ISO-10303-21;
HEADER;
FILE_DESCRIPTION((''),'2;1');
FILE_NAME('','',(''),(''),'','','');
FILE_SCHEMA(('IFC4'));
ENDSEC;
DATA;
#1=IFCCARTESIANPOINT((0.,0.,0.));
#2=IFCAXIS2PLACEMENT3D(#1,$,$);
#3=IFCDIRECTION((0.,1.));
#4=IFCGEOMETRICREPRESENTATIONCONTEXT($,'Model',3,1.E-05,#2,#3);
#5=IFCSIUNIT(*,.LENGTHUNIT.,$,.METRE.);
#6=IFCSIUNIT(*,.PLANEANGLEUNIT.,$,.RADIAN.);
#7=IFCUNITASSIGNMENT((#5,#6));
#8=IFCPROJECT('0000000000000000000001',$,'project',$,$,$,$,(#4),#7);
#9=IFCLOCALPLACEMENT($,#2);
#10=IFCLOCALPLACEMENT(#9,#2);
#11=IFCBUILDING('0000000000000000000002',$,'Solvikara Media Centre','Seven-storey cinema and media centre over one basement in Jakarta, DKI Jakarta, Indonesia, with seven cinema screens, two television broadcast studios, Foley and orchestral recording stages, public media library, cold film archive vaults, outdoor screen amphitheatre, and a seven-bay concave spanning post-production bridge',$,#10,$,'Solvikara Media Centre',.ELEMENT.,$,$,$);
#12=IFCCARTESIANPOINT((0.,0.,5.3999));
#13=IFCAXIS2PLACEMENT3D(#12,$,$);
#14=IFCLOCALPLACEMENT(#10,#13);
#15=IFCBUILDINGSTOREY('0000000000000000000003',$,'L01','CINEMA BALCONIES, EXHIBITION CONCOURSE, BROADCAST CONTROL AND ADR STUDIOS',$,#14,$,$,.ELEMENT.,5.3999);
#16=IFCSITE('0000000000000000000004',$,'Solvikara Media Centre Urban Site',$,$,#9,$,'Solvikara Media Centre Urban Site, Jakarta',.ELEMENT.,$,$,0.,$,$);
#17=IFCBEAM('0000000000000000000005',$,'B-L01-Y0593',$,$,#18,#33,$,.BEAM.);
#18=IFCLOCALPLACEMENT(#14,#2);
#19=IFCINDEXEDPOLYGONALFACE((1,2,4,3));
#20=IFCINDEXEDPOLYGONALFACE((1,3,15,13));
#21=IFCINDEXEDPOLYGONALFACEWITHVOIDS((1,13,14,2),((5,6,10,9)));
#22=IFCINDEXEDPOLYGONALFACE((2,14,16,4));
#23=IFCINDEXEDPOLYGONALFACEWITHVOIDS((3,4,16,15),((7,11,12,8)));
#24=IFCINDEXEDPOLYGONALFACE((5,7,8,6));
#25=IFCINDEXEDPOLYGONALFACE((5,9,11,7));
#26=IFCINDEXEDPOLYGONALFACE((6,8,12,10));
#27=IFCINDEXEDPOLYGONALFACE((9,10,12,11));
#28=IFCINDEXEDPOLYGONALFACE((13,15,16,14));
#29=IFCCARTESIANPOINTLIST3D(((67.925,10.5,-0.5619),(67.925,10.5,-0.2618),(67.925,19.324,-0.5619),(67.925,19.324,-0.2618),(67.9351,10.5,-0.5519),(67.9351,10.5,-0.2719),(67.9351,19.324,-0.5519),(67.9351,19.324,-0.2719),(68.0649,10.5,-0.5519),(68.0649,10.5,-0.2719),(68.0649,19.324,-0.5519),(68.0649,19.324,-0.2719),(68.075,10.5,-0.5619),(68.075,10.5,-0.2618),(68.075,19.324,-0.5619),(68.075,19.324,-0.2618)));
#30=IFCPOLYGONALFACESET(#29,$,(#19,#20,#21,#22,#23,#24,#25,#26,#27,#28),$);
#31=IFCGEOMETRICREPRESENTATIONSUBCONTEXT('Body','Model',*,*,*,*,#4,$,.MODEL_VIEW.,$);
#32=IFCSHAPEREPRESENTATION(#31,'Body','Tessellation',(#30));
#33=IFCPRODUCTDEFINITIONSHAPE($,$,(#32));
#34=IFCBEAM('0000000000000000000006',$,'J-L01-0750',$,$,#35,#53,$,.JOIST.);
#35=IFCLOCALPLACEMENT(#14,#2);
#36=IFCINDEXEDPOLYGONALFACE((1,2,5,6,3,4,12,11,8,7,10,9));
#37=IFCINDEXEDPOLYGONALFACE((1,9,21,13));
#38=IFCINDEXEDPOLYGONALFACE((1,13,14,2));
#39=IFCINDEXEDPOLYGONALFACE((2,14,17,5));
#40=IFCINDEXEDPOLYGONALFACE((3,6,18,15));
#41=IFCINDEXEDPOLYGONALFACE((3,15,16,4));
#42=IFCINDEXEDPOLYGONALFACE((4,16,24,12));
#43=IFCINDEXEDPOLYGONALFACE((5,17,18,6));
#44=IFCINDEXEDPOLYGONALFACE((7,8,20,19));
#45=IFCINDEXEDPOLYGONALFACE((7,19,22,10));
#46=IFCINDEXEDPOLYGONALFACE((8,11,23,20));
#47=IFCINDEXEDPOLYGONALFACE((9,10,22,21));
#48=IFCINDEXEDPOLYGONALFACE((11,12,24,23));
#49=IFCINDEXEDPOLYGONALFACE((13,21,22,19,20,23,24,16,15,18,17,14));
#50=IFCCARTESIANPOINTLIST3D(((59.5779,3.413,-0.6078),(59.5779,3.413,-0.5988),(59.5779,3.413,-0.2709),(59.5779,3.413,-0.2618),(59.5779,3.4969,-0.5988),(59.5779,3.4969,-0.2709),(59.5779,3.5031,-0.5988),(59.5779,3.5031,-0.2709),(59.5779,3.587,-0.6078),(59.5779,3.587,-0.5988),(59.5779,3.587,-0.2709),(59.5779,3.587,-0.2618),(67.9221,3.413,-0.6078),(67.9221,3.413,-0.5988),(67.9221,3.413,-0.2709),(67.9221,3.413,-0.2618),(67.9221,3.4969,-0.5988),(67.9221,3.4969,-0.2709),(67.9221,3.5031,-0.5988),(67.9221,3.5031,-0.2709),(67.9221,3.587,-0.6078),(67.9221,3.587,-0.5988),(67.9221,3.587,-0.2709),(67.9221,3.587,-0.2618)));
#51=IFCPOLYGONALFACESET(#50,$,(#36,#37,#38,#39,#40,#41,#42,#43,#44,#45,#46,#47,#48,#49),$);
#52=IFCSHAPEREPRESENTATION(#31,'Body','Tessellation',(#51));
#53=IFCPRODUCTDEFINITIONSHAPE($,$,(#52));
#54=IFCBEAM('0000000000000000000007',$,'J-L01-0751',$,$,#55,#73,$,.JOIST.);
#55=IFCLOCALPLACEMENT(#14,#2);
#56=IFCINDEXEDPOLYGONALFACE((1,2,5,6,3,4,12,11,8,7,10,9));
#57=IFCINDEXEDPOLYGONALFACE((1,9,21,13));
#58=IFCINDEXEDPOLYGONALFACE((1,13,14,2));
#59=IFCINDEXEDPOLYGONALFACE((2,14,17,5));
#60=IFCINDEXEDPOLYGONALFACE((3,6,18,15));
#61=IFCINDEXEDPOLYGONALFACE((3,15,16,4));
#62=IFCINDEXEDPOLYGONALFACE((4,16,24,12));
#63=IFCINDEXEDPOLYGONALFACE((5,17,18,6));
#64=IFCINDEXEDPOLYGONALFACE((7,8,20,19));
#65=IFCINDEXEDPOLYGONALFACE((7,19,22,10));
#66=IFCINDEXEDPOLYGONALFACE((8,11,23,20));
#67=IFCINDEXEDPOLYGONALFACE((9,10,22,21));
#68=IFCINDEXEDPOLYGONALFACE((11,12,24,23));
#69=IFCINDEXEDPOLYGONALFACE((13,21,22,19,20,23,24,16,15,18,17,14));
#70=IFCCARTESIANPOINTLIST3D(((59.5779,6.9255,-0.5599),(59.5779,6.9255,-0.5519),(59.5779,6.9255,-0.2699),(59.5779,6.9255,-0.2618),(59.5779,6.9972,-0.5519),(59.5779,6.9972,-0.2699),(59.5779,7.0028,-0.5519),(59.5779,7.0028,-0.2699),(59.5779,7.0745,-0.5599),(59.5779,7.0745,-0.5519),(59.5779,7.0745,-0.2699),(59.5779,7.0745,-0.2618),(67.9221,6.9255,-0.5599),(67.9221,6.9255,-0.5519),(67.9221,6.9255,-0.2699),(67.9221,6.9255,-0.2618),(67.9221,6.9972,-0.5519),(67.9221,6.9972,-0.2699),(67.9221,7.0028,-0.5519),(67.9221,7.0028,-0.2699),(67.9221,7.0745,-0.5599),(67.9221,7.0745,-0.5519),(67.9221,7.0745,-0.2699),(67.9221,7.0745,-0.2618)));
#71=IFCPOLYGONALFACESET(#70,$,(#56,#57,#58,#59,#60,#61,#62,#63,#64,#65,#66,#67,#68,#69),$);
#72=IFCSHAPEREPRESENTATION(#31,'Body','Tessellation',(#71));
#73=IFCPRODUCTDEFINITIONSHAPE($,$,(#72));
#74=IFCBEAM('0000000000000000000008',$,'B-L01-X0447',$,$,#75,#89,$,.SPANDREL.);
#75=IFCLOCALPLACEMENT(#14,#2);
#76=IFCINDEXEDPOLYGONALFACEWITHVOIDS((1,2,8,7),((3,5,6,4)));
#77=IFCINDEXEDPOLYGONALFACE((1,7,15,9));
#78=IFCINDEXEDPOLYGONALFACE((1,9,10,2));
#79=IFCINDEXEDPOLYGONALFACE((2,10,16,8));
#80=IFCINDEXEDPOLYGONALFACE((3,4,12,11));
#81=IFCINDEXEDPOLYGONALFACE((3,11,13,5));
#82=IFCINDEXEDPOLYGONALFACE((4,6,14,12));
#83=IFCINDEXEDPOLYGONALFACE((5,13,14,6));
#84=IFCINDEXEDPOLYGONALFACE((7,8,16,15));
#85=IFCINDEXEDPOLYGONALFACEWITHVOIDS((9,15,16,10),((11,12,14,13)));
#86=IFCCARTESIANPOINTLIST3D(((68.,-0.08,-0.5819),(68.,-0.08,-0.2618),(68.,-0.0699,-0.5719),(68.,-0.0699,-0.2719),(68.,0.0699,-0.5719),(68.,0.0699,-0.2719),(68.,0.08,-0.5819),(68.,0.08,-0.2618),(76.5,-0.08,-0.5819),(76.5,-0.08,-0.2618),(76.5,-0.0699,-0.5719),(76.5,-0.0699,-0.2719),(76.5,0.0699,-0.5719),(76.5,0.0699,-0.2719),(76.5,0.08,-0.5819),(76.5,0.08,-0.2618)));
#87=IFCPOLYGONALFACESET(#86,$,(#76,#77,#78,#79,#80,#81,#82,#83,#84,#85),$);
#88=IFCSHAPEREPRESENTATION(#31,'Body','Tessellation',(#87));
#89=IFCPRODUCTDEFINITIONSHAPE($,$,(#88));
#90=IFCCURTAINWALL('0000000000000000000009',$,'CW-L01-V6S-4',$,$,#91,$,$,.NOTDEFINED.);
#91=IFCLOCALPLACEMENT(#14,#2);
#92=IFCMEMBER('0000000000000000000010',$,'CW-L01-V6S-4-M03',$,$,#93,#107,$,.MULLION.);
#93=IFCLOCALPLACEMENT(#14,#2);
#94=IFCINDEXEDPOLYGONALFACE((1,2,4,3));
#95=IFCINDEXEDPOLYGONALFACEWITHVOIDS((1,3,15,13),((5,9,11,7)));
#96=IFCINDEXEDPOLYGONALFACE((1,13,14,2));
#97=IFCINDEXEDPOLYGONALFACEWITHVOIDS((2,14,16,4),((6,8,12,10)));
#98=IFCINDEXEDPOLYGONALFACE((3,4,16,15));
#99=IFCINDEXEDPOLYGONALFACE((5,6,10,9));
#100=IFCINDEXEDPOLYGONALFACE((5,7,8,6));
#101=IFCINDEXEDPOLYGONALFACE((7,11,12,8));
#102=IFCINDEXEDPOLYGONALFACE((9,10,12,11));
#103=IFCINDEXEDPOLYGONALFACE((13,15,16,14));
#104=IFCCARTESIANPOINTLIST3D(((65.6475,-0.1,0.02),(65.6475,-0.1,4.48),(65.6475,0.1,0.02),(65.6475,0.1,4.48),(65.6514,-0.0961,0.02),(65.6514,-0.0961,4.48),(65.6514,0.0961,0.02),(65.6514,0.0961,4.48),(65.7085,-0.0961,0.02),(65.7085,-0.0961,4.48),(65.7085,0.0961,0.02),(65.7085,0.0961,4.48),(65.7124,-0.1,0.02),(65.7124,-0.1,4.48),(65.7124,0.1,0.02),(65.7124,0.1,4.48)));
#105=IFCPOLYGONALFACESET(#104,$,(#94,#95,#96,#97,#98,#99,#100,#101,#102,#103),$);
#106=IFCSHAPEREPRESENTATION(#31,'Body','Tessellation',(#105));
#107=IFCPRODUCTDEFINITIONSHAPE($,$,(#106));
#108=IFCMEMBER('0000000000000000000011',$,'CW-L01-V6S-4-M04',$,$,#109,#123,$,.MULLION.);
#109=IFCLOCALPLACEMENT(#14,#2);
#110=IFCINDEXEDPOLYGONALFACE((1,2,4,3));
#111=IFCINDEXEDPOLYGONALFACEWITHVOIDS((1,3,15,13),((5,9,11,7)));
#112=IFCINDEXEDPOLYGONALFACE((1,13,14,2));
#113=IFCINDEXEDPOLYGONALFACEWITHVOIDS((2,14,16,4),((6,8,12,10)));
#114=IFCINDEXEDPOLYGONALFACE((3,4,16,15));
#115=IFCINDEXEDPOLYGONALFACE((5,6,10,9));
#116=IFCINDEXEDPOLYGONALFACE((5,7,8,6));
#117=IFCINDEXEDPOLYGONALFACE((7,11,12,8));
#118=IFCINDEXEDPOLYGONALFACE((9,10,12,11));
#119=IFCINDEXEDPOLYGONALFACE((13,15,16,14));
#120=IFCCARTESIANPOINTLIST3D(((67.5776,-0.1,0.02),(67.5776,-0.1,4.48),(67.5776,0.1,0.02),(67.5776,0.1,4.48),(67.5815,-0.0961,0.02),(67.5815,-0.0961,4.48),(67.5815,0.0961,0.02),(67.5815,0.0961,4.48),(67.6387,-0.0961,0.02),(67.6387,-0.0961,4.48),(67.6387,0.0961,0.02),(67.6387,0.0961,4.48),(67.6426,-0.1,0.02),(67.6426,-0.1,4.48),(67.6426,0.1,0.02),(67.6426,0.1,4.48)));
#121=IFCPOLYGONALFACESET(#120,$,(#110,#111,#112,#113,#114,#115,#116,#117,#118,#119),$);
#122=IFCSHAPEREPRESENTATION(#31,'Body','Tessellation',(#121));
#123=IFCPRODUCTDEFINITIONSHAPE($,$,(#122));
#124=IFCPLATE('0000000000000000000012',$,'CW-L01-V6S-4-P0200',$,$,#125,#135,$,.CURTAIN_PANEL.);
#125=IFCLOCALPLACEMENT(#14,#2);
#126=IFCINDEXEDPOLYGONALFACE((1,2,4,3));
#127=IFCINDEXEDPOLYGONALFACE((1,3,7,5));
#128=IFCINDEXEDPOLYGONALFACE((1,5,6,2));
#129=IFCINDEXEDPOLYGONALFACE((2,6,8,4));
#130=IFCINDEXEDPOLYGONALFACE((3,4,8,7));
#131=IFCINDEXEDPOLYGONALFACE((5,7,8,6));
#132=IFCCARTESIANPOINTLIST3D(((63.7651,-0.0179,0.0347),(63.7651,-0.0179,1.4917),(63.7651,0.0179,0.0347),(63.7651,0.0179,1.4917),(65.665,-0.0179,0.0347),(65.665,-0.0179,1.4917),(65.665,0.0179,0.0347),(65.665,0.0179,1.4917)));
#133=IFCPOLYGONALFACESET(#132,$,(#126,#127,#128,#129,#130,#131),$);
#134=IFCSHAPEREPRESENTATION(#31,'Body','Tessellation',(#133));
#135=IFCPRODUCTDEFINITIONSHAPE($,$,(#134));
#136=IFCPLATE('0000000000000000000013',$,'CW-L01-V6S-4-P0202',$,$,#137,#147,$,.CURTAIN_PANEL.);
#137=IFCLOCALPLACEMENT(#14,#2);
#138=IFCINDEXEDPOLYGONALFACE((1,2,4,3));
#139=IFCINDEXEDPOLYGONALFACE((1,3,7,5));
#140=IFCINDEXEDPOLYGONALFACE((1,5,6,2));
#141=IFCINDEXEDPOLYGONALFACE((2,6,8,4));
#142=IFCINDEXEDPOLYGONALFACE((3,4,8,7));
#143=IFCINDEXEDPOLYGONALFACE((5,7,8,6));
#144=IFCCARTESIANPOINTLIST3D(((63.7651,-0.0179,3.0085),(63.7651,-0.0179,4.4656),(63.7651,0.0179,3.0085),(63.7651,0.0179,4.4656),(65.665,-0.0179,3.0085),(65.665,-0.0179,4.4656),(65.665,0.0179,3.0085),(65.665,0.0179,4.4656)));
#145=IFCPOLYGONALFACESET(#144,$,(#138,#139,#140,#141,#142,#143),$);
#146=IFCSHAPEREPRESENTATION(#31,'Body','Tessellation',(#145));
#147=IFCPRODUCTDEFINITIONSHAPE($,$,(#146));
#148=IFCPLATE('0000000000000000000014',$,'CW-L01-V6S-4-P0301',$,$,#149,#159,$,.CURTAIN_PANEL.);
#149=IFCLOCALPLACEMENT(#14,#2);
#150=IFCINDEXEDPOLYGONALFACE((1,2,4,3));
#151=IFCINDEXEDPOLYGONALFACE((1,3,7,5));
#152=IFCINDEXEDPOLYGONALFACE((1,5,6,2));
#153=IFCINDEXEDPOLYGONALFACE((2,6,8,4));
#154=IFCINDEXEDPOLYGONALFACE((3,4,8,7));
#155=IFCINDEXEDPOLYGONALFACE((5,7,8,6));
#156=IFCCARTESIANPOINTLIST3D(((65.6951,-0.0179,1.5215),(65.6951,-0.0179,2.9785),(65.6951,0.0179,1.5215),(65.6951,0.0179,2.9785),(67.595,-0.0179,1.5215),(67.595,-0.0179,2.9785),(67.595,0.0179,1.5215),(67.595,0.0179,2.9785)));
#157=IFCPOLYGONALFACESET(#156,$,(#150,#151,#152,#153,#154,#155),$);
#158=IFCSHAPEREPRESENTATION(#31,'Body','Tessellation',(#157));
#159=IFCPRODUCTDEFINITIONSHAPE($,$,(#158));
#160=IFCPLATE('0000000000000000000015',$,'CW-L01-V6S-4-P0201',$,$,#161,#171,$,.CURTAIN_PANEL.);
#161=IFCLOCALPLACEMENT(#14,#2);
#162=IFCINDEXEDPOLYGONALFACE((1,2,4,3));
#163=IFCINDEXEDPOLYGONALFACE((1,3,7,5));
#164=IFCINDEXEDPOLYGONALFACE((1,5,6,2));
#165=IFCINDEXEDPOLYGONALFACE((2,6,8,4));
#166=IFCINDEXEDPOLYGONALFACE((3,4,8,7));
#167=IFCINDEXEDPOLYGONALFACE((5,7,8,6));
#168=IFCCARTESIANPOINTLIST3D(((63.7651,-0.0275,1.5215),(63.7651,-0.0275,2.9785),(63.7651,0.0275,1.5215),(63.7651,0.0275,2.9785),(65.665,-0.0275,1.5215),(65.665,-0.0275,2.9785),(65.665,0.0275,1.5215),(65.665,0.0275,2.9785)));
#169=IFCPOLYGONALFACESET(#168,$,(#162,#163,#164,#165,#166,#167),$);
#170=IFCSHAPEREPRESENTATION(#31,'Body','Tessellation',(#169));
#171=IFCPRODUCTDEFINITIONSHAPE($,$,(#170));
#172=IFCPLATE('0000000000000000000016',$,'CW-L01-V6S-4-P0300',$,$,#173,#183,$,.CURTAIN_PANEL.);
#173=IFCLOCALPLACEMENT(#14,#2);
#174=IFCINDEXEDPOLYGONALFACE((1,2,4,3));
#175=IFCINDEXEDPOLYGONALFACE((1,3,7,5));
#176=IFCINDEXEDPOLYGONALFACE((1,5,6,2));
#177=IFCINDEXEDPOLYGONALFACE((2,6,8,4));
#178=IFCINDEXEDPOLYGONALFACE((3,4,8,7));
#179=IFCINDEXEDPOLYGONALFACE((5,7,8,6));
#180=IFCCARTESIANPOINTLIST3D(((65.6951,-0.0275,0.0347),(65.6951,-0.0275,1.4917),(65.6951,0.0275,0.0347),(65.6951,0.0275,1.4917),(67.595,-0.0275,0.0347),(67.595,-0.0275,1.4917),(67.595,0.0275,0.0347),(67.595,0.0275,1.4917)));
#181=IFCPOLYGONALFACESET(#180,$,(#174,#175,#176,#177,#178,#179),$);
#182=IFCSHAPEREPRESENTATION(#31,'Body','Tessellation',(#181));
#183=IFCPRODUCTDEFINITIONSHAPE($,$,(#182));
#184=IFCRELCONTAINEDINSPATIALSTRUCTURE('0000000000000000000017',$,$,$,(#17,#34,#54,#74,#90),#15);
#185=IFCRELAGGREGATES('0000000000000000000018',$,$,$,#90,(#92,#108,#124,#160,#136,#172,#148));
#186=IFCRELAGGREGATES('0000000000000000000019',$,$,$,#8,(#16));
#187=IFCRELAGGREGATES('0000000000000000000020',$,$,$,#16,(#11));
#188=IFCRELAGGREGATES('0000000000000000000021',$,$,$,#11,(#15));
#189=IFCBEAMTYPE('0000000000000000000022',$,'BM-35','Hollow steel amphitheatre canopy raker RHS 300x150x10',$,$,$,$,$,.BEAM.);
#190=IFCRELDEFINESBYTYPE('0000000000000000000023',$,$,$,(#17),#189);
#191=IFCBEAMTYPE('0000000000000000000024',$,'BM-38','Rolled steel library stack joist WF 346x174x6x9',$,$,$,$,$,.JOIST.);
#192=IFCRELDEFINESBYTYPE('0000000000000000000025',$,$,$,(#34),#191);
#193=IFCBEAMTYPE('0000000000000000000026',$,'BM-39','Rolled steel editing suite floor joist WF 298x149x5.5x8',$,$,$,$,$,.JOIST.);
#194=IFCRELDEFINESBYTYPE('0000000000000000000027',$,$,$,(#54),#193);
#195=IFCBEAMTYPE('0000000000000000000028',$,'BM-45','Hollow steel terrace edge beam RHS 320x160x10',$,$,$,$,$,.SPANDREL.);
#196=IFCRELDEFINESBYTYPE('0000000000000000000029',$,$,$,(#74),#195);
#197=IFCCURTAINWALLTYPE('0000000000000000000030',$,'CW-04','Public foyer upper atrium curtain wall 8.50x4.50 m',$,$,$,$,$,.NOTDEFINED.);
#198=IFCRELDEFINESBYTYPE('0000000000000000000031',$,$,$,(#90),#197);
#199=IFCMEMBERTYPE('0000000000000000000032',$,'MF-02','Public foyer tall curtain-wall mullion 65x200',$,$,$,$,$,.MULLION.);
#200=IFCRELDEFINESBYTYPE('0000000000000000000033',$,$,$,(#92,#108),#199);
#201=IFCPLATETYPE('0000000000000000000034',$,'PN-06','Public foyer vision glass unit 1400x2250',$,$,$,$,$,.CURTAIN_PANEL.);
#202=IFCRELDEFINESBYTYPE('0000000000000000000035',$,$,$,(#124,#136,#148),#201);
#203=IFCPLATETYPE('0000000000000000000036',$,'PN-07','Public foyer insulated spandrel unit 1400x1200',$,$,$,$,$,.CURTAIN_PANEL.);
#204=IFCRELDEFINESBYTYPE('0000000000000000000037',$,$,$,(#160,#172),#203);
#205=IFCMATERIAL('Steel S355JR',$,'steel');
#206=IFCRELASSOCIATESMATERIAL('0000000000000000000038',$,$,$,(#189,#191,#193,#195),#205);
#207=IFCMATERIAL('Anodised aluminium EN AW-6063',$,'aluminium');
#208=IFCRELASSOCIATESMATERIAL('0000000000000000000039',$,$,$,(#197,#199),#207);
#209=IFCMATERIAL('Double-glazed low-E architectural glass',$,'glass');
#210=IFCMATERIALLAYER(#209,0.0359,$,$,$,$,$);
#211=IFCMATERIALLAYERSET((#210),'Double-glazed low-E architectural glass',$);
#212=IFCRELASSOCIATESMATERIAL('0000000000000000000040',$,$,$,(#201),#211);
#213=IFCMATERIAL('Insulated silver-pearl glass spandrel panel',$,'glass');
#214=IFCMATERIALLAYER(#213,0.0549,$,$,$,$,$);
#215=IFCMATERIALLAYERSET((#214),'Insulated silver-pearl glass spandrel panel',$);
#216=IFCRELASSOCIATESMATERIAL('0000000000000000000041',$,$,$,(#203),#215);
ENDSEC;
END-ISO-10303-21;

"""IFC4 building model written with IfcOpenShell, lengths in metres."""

from ifc_helpers import new_model, si_unit, direction, frame, origin, origin_2d, place, context, subcontext, project, spatial, rectangle, hollow_rectangle, i_section, extrude, material, layer, layer_set, material_profile, profile_set, type_object, element, aggregate, save


model = new_model("IFC4")

# Units and contexts
model_context = context("Model", 3, precision=1e-05, world=origin(), true_north=direction((0.0, 1.0)))
body_context = subcontext(model_context, "Body", "Model", "MODEL_VIEW")
ifc_project = project(units=[si_unit("LENGTHUNIT", "METRE"), si_unit("PLANEANGLEUNIT", "RADIAN")], contexts=[model_context])

# Site, building, storey
site_placement = place(None, origin())
site = spatial("IfcSite", under=ifc_project, at=site_placement, Name="Solvikara Media Centre Urban Site", LongName="Solvikara Media Centre Urban Site, Jakarta", CompositionType="ELEMENT", RefElevation=0.0)
building_placement = place(site_placement, origin())
building = spatial("IfcBuilding", under=site, at=building_placement, Name="Solvikara Media Centre", Description="Seven-storey cinema and media centre over one basement in Jakarta, DKI Jakarta, Indonesia, with seven cinema screens, two television broadcast studios, Foley and orchestral recording stages, public media library, cold film archive vaults, outdoor screen amphitheatre, and a seven-bay concave spanning post-production bridge", LongName="Solvikara Media Centre", CompositionType="ELEMENT")
storey_placement = place(building_placement, frame((0.0, 0.0, 5.3999)))
storey = spatial("IfcBuildingStorey", under=building, at=storey_placement, Name="L01", Description="CINEMA BALCONIES, EXHIBITION CONCOURSE, BROADCAST CONTROL AND ADR STUDIOS", CompositionType="ELEMENT", Elevation=5.3999)

# Beams
ifc_material_1 = material(Name="Steel S355JR", Category="steel")
ifc_material_profile_1 = material_profile(ifc_material_1, hollow_rectangle(XDim=0.1499, YDim=0.3, WallThickness=0.01, at=origin_2d()), Name="RHS 300x150x10")
ifc_profile_set_1 = profile_set([ifc_material_profile_1], Name="Steel S355JR")
beam_type_1 = type_object("IfcBeamType", Name="BM-35", Description="Hollow steel amphitheatre canopy raker RHS 300x150x10", PredefinedType="BEAM", material=ifc_profile_set_1)
beam_1_placement = place(storey_placement, frame((68.0, 10.5, -0.4119), z_axis=(0.0, 1.0, 0.0), x_axis=(-1.0, 0.0, 0.0)))
element("IfcBeam", 1, at=beam_1_placement, inside=storey, type_object=beam_type_1, Name="B-L01-Y0593", PredefinedType="BEAM", context=body_context, shape_type="SweptSolid", body=[
    extrude(hollow_rectangle(XDim=0.1499, YDim=0.3, WallThickness=0.01, at=origin_2d()), origin(), (0.0, 0.0, 1.0), 8.824),
])
ifc_material_profile_2 = material_profile(ifc_material_1, i_section(OverallWidth=0.1741, OverallDepth=0.3459, WebThickness=0.0061, FlangeThickness=0.009, at=origin_2d()), Name="WF 346x174x6x9")
ifc_profile_set_2 = profile_set([ifc_material_profile_2], Name="Steel S355JR")
beam_type_2 = type_object("IfcBeamType", Name="BM-38", Description="Rolled steel library stack joist WF 346x174x6x9", PredefinedType="JOIST", material=ifc_profile_set_2)
beam_2_placement = place(storey_placement, frame((59.5779, 3.5, -0.4348), z_axis=(1.0, 0.0, 0.0), x_axis=(0.0, 1.0, 0.0)))
element("IfcBeam", 2, at=beam_2_placement, inside=storey, type_object=beam_type_2, Name="J-L01-0750", PredefinedType="JOIST", context=body_context, shape_type="SweptSolid", body=[
    extrude(i_section(OverallWidth=0.1741, OverallDepth=0.3459, WebThickness=0.0061, FlangeThickness=0.009, at=origin_2d()), origin(), (0.0, 0.0, 1.0), 8.3442),
])
ifc_material_profile_3 = material_profile(ifc_material_1, i_section(OverallWidth=0.1489, OverallDepth=0.2981, WebThickness=0.0056, FlangeThickness=0.0081, at=origin_2d()), Name="WF 298x149x5.5x8")
ifc_profile_set_3 = profile_set([ifc_material_profile_3], Name="Steel S355JR")
beam_type_3 = type_object("IfcBeamType", Name="BM-39", Description="Rolled steel editing suite floor joist WF 298x149x5.5x8", PredefinedType="JOIST", material=ifc_profile_set_3)
beam_3_placement = place(storey_placement, frame((59.5779, 7.0, -0.4109), z_axis=(1.0, 0.0, 0.0), x_axis=(0.0, 1.0, 0.0)))
element("IfcBeam", 3, at=beam_3_placement, inside=storey, type_object=beam_type_3, Name="J-L01-0751", PredefinedType="JOIST", context=body_context, shape_type="SweptSolid", body=[
    extrude(i_section(OverallWidth=0.1489, OverallDepth=0.2981, WebThickness=0.0056, FlangeThickness=0.0081, at=origin_2d()), origin(), (0.0, 0.0, 1.0), 8.3442),
])
ifc_material_profile_4 = material_profile(ifc_material_1, hollow_rectangle(XDim=0.1599, YDim=0.3201, WallThickness=0.01, at=origin_2d()), Name="RHS 320x160x10")
ifc_profile_set_4 = profile_set([ifc_material_profile_4], Name="Steel S355JR")
beam_type_4 = type_object("IfcBeamType", Name="BM-45", Description="Hollow steel terrace edge beam RHS 320x160x10", PredefinedType="SPANDREL", material=ifc_profile_set_4)
beam_4_placement = place(storey_placement, frame((68.0, 0.0, -0.4219), z_axis=(1.0, 0.0, 0.0), x_axis=(0.0, 1.0, 0.0)))
element("IfcBeam", 4, at=beam_4_placement, inside=storey, type_object=beam_type_4, Name="B-L01-X0447", PredefinedType="SPANDREL", context=body_context, shape_type="SweptSolid", body=[
    extrude(hollow_rectangle(XDim=0.1599, YDim=0.3201, WallThickness=0.01, at=origin_2d()), origin(), (0.0, 0.0, 1.0), 8.5),
])

# Curtain wall, members, plates
ifc_material_2 = material(Name="Anodised aluminium EN AW-6063", Category="aluminium")
curtain_wall_type = type_object("IfcCurtainWallType", Name="CW-04", Description="Public foyer upper atrium curtain wall 8.50x4.50 m", PredefinedType="NOTDEFINED", material=ifc_material_2)
curtain_wall_placement = place(storey_placement, origin())
curtain_wall = element("IfcCurtainWall", 5, at=curtain_wall_placement, inside=storey, type_object=curtain_wall_type, Name="CW-L01-V6S-4", PredefinedType="NOTDEFINED")
ifc_material_profile_5 = material_profile(ifc_material_2, hollow_rectangle(XDim=0.0649, YDim=0.2, WallThickness=0.0039, at=origin_2d()), Name="ALU-M 65x200x4")
ifc_profile_set_5 = profile_set([ifc_material_profile_5], Name="Anodised aluminium EN AW-6063")
member_type = type_object("IfcMemberType", Name="MF-02", Description="Public foyer tall curtain-wall mullion 65x200", PredefinedType="MULLION", material=ifc_profile_set_5)
member_1_placement = place(storey_placement, frame((65.6799, 0.0, 0.02), z_axis=(0.0, 0.0, 1.0), x_axis=(1.0, 0.0, 0.0)))
member_1 = element("IfcMember", 6, at=member_1_placement, type_object=member_type, Name="CW-L01-V6S-4-M03", PredefinedType="MULLION", context=body_context, shape_type="SweptSolid", body=[
    extrude(hollow_rectangle(XDim=0.0649, YDim=0.2, WallThickness=0.0039, at=origin_2d()), origin(), (0.0, 0.0, 1.0), 4.46),
])
member_2_placement = place(storey_placement, frame((67.6101, 0.0, 0.02), z_axis=(0.0, 0.0, 1.0), x_axis=(1.0, 0.0, 0.0)))
member_2 = element("IfcMember", 7, at=member_2_placement, type_object=member_type, Name="CW-L01-V6S-4-M04", PredefinedType="MULLION", context=body_context, shape_type="SweptSolid", body=[
    extrude(hollow_rectangle(XDim=0.0649, YDim=0.2, WallThickness=0.0039, at=origin_2d()), origin(), (0.0, 0.0, 1.0), 4.46),
])
ifc_material_3 = material(Name="Double-glazed low-E architectural glass", Category="glass")
ifc_layer_1 = layer(ifc_material_3, 0.0359)
ifc_layer_set_1 = layer_set([ifc_layer_1], Name="Double-glazed low-E architectural glass")
plate_type_1 = type_object("IfcPlateType", Name="PN-06", Description="Public foyer vision glass unit 1400x2250", PredefinedType="CURTAIN_PANEL", material=ifc_layer_set_1)
plate_1_placement = place(storey_placement, frame((64.7151, 0.0, 0.0347), z_axis=(0.0, 0.0, 1.0), x_axis=(1.0, 0.0, 0.0)))
plate_1 = element("IfcPlate", 8, at=plate_1_placement, type_object=plate_type_1, Name="CW-L01-V6S-4-P0200", PredefinedType="CURTAIN_PANEL", context=body_context, shape_type="SweptSolid", body=[
    extrude(rectangle(XDim=1.8999, YDim=0.0359, at=origin_2d()), origin(), (0.0, 0.0, 1.0), 1.457),
])
plate_2_placement = place(storey_placement, frame((64.7151, 0.0, 3.0085), z_axis=(0.0, 0.0, 1.0), x_axis=(1.0, 0.0, 0.0)))
plate_2 = element("IfcPlate", 9, at=plate_2_placement, type_object=plate_type_1, Name="CW-L01-V6S-4-P0202", PredefinedType="CURTAIN_PANEL", context=body_context, shape_type="SweptSolid", body=[
    extrude(rectangle(XDim=1.8999, YDim=0.0359, at=origin_2d()), origin(), (0.0, 0.0, 1.0), 1.457),
])
plate_3_placement = place(storey_placement, frame((66.645, 0.0, 1.5215), z_axis=(0.0, 0.0, 1.0), x_axis=(1.0, 0.0, 0.0)))
plate_3 = element("IfcPlate", 10, at=plate_3_placement, type_object=plate_type_1, Name="CW-L01-V6S-4-P0301", PredefinedType="CURTAIN_PANEL", context=body_context, shape_type="SweptSolid", body=[
    extrude(rectangle(XDim=1.8999, YDim=0.0359, at=origin_2d()), origin(), (0.0, 0.0, 1.0), 1.457),
])
ifc_material_4 = material(Name="Insulated silver-pearl glass spandrel panel", Category="glass")
ifc_layer_2 = layer(ifc_material_4, 0.0549)
ifc_layer_set_2 = layer_set([ifc_layer_2], Name="Insulated silver-pearl glass spandrel panel")
plate_type_2 = type_object("IfcPlateType", Name="PN-07", Description="Public foyer insulated spandrel unit 1400x1200", PredefinedType="CURTAIN_PANEL", material=ifc_layer_set_2)
plate_4_placement = place(storey_placement, frame((64.7151, 0.0, 1.5215), z_axis=(0.0, 0.0, 1.0), x_axis=(1.0, 0.0, 0.0)))
plate_4 = element("IfcPlate", 11, at=plate_4_placement, type_object=plate_type_2, Name="CW-L01-V6S-4-P0201", PredefinedType="CURTAIN_PANEL", context=body_context, shape_type="SweptSolid", body=[
    extrude(rectangle(XDim=1.8999, YDim=0.0549, at=origin_2d()), origin(), (0.0, 0.0, 1.0), 1.457),
])
plate_5_placement = place(storey_placement, frame((66.645, 0.0, 0.0347), z_axis=(0.0, 0.0, 1.0), x_axis=(1.0, 0.0, 0.0)))
plate_5 = element("IfcPlate", 12, at=plate_5_placement, type_object=plate_type_2, Name="CW-L01-V6S-4-P0300", PredefinedType="CURTAIN_PANEL", context=body_context, shape_type="SweptSolid", body=[
    extrude(rectangle(XDim=1.8999, YDim=0.0549, at=origin_2d()), origin(), (0.0, 0.0, 1.0), 1.457),
])
aggregate(curtain_wall, [member_1, member_2, plate_1, plate_4, plate_2, plate_5, plate_3])

save(model, "model.ifc")
